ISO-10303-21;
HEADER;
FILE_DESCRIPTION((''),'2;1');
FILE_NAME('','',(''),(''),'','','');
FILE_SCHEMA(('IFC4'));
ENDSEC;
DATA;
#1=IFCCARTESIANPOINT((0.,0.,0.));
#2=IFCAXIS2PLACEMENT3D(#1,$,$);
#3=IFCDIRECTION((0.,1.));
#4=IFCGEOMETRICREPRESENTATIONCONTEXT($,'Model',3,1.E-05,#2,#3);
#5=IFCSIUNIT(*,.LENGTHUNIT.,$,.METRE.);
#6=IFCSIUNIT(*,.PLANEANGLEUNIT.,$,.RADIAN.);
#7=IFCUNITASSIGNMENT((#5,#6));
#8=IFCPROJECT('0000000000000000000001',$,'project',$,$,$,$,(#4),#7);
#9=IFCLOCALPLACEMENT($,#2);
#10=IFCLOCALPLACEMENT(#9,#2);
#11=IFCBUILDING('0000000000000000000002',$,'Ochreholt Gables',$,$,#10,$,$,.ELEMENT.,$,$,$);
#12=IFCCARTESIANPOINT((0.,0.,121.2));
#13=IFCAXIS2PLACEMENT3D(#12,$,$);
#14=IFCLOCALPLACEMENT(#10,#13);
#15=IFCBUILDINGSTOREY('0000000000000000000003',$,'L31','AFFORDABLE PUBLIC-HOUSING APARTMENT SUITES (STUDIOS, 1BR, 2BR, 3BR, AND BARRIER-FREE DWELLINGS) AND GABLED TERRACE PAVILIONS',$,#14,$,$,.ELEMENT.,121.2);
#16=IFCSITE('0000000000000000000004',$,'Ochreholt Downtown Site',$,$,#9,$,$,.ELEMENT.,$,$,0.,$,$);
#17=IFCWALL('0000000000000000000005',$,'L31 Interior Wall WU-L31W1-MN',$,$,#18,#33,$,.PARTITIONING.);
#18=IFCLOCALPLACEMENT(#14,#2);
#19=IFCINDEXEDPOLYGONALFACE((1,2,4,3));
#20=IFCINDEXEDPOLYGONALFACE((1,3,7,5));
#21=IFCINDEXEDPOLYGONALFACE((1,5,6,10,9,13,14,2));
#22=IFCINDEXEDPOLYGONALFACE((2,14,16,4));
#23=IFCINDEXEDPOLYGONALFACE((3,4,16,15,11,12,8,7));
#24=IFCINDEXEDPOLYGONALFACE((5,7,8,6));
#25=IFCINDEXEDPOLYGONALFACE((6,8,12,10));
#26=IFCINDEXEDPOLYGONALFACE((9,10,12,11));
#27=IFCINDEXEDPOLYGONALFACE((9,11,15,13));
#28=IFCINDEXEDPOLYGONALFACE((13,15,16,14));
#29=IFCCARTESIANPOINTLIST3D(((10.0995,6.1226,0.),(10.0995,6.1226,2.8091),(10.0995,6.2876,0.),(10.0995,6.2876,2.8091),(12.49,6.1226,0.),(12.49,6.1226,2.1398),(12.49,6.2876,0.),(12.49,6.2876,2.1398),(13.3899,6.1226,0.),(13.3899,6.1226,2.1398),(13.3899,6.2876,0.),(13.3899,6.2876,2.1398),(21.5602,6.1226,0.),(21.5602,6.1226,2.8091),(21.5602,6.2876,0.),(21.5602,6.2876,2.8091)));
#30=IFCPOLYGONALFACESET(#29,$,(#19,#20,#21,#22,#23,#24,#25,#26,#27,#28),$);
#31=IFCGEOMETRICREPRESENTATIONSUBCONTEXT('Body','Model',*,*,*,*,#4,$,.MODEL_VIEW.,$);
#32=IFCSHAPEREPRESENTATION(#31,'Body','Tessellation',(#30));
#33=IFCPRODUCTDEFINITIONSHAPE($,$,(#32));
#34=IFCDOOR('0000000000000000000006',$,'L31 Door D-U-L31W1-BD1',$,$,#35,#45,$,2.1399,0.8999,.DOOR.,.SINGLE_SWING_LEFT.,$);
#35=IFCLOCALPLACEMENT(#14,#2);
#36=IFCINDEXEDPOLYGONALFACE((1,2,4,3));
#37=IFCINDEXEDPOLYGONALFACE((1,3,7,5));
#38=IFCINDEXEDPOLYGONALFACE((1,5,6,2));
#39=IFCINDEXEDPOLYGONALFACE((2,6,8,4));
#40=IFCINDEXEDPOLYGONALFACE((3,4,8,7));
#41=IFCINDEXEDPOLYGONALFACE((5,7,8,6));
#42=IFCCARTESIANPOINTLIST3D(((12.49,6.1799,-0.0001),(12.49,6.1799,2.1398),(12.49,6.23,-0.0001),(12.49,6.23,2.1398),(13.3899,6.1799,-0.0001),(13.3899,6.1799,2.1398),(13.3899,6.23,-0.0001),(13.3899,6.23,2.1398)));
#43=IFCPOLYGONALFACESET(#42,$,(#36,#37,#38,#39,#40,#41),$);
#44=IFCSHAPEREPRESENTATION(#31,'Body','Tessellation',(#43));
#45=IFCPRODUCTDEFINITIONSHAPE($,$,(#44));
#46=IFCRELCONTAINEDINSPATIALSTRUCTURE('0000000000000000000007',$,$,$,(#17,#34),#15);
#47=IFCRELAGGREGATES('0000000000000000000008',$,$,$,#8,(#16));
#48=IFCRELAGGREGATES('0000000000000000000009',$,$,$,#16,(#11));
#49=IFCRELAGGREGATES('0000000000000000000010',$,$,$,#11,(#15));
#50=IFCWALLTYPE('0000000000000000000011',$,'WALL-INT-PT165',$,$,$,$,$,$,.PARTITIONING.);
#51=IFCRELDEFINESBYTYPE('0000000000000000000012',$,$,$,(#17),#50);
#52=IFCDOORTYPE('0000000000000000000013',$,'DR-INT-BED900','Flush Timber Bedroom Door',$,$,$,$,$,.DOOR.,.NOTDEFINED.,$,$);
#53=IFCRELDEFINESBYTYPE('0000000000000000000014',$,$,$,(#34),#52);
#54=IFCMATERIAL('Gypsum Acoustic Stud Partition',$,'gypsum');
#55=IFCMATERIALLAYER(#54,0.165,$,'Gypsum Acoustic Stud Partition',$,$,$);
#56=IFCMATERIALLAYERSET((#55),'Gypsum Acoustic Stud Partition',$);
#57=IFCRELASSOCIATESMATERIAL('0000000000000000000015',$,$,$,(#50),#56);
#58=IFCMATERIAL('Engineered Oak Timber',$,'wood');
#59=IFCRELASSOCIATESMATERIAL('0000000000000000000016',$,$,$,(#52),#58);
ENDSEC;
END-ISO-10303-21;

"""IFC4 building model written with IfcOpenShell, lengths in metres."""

from ifc_helpers import new_model, si_unit, direction, frame, frame_2d, origin, place, context, subcontext, project, spatial, rectangle, extrude, material, layer, layer_set, type_object, element, fill, save


model = new_model("IFC4")

# Units and contexts
model_context = context("Model", 3, precision=1e-05, world=origin(), true_north=direction((0.0, 1.0)))
body_context = subcontext(model_context, "Body", "Model", "MODEL_VIEW")
ifc_project = project(units=[si_unit("LENGTHUNIT", "METRE"), si_unit("PLANEANGLEUNIT", "RADIAN")], contexts=[model_context])

# Site, building, storey
site_placement = place(None, origin())
site = spatial("IfcSite", under=ifc_project, at=site_placement, Name="Ochreholt Downtown Site", CompositionType="ELEMENT", RefElevation=0.0)
building_placement = place(site_placement, origin())
building = spatial("IfcBuilding", under=site, at=building_placement, Name="Ochreholt Gables", CompositionType="ELEMENT")
storey_placement = place(building_placement, frame((0.0, 0.0, 121.2)))
storey = spatial("IfcBuildingStorey", under=building, at=storey_placement, Name="L31", Description="AFFORDABLE PUBLIC-HOUSING APARTMENT SUITES (STUDIOS, 1BR, 2BR, 3BR, AND BARRIER-FREE DWELLINGS) AND GABLED TERRACE PAVILIONS", CompositionType="ELEMENT", Elevation=121.2)

# Wall, opening, door
ifc_material_1 = material(Name="Gypsum Acoustic Stud Partition", Category="gypsum")
ifc_layer_1 = layer(ifc_material_1, 0.165, Name="Gypsum Acoustic Stud Partition")
ifc_layer_set_1 = layer_set([ifc_layer_1], Name="Gypsum Acoustic Stud Partition")
wall_type_1 = type_object("IfcWallType", Name="WALL-INT-PT165", PredefinedType="PARTITIONING", material=ifc_layer_set_1)
wall_1_placement = place(storey_placement, frame((10.0994, 6.2051, 0.0), z_axis=(0.0, 0.0, 1.0), x_axis=(1.0, 0.0, 0.0)))
wall_1 = element("IfcWall", 1, at=wall_1_placement, inside=storey, type_object=wall_type_1, Name="L31 Interior Wall WU-L31W1-MN", PredefinedType="PARTITIONING", context=body_context, shape_type="SweptSolid", body=[
    extrude(rectangle(XDim=11.4607, YDim=0.165, at=frame_2d((5.7305, 0.0))), origin(), (0.0, 0.0, 1.0), 2.8091),
])
opening_1_placement = place(wall_1_placement, frame((2.3906, 0.0, 0.0)))
opening_1 = element("IfcOpeningElement", 2, at=opening_1_placement, cuts=wall_1, PredefinedType="OPENING", context=body_context, shape_type="SweptSolid", body=[
    extrude(rectangle(XDim=0.8999, YDim=2.1399, at=frame_2d((0.45, 1.0698))), frame((0.0, 0.0925, 0.0), z_axis=(0.0, -1.0, 0.0), x_axis=(1.0, 0.0, 0.0)), (0.0, 0.0, 1.0), 0.1851),
])
ifc_material_2 = material(Name="Engineered Oak Timber", Category="wood")
door_type = type_object("IfcDoorType", Name="DR-INT-BED900", Description="Flush Timber Bedroom Door", OperationType="NOTDEFINED", PredefinedType="DOOR", material=ifc_material_2)
door_placement = place(opening_1_placement, origin())
door = element("IfcDoor", 3, at=door_placement, inside=storey, type_object=door_type, Name="L31 Door D-U-L31W1-BD1", OperationType="SINGLE_SWING_LEFT", OverallHeight=2.1399, OverallWidth=0.8999, PredefinedType="DOOR", context=body_context, shape_type="SweptSolid", body=[
    extrude(rectangle(XDim=0.8999, YDim=2.1399, at=frame_2d((0.45, 1.0698))), frame((0.0, 0.0249, 0.0), z_axis=(0.0, -1.0, 0.0), x_axis=(1.0, 0.0, 0.0)), (0.0, 0.0, 1.0), 0.05),
])
fill(opening_1, door)

save(model, "model.ifc")
